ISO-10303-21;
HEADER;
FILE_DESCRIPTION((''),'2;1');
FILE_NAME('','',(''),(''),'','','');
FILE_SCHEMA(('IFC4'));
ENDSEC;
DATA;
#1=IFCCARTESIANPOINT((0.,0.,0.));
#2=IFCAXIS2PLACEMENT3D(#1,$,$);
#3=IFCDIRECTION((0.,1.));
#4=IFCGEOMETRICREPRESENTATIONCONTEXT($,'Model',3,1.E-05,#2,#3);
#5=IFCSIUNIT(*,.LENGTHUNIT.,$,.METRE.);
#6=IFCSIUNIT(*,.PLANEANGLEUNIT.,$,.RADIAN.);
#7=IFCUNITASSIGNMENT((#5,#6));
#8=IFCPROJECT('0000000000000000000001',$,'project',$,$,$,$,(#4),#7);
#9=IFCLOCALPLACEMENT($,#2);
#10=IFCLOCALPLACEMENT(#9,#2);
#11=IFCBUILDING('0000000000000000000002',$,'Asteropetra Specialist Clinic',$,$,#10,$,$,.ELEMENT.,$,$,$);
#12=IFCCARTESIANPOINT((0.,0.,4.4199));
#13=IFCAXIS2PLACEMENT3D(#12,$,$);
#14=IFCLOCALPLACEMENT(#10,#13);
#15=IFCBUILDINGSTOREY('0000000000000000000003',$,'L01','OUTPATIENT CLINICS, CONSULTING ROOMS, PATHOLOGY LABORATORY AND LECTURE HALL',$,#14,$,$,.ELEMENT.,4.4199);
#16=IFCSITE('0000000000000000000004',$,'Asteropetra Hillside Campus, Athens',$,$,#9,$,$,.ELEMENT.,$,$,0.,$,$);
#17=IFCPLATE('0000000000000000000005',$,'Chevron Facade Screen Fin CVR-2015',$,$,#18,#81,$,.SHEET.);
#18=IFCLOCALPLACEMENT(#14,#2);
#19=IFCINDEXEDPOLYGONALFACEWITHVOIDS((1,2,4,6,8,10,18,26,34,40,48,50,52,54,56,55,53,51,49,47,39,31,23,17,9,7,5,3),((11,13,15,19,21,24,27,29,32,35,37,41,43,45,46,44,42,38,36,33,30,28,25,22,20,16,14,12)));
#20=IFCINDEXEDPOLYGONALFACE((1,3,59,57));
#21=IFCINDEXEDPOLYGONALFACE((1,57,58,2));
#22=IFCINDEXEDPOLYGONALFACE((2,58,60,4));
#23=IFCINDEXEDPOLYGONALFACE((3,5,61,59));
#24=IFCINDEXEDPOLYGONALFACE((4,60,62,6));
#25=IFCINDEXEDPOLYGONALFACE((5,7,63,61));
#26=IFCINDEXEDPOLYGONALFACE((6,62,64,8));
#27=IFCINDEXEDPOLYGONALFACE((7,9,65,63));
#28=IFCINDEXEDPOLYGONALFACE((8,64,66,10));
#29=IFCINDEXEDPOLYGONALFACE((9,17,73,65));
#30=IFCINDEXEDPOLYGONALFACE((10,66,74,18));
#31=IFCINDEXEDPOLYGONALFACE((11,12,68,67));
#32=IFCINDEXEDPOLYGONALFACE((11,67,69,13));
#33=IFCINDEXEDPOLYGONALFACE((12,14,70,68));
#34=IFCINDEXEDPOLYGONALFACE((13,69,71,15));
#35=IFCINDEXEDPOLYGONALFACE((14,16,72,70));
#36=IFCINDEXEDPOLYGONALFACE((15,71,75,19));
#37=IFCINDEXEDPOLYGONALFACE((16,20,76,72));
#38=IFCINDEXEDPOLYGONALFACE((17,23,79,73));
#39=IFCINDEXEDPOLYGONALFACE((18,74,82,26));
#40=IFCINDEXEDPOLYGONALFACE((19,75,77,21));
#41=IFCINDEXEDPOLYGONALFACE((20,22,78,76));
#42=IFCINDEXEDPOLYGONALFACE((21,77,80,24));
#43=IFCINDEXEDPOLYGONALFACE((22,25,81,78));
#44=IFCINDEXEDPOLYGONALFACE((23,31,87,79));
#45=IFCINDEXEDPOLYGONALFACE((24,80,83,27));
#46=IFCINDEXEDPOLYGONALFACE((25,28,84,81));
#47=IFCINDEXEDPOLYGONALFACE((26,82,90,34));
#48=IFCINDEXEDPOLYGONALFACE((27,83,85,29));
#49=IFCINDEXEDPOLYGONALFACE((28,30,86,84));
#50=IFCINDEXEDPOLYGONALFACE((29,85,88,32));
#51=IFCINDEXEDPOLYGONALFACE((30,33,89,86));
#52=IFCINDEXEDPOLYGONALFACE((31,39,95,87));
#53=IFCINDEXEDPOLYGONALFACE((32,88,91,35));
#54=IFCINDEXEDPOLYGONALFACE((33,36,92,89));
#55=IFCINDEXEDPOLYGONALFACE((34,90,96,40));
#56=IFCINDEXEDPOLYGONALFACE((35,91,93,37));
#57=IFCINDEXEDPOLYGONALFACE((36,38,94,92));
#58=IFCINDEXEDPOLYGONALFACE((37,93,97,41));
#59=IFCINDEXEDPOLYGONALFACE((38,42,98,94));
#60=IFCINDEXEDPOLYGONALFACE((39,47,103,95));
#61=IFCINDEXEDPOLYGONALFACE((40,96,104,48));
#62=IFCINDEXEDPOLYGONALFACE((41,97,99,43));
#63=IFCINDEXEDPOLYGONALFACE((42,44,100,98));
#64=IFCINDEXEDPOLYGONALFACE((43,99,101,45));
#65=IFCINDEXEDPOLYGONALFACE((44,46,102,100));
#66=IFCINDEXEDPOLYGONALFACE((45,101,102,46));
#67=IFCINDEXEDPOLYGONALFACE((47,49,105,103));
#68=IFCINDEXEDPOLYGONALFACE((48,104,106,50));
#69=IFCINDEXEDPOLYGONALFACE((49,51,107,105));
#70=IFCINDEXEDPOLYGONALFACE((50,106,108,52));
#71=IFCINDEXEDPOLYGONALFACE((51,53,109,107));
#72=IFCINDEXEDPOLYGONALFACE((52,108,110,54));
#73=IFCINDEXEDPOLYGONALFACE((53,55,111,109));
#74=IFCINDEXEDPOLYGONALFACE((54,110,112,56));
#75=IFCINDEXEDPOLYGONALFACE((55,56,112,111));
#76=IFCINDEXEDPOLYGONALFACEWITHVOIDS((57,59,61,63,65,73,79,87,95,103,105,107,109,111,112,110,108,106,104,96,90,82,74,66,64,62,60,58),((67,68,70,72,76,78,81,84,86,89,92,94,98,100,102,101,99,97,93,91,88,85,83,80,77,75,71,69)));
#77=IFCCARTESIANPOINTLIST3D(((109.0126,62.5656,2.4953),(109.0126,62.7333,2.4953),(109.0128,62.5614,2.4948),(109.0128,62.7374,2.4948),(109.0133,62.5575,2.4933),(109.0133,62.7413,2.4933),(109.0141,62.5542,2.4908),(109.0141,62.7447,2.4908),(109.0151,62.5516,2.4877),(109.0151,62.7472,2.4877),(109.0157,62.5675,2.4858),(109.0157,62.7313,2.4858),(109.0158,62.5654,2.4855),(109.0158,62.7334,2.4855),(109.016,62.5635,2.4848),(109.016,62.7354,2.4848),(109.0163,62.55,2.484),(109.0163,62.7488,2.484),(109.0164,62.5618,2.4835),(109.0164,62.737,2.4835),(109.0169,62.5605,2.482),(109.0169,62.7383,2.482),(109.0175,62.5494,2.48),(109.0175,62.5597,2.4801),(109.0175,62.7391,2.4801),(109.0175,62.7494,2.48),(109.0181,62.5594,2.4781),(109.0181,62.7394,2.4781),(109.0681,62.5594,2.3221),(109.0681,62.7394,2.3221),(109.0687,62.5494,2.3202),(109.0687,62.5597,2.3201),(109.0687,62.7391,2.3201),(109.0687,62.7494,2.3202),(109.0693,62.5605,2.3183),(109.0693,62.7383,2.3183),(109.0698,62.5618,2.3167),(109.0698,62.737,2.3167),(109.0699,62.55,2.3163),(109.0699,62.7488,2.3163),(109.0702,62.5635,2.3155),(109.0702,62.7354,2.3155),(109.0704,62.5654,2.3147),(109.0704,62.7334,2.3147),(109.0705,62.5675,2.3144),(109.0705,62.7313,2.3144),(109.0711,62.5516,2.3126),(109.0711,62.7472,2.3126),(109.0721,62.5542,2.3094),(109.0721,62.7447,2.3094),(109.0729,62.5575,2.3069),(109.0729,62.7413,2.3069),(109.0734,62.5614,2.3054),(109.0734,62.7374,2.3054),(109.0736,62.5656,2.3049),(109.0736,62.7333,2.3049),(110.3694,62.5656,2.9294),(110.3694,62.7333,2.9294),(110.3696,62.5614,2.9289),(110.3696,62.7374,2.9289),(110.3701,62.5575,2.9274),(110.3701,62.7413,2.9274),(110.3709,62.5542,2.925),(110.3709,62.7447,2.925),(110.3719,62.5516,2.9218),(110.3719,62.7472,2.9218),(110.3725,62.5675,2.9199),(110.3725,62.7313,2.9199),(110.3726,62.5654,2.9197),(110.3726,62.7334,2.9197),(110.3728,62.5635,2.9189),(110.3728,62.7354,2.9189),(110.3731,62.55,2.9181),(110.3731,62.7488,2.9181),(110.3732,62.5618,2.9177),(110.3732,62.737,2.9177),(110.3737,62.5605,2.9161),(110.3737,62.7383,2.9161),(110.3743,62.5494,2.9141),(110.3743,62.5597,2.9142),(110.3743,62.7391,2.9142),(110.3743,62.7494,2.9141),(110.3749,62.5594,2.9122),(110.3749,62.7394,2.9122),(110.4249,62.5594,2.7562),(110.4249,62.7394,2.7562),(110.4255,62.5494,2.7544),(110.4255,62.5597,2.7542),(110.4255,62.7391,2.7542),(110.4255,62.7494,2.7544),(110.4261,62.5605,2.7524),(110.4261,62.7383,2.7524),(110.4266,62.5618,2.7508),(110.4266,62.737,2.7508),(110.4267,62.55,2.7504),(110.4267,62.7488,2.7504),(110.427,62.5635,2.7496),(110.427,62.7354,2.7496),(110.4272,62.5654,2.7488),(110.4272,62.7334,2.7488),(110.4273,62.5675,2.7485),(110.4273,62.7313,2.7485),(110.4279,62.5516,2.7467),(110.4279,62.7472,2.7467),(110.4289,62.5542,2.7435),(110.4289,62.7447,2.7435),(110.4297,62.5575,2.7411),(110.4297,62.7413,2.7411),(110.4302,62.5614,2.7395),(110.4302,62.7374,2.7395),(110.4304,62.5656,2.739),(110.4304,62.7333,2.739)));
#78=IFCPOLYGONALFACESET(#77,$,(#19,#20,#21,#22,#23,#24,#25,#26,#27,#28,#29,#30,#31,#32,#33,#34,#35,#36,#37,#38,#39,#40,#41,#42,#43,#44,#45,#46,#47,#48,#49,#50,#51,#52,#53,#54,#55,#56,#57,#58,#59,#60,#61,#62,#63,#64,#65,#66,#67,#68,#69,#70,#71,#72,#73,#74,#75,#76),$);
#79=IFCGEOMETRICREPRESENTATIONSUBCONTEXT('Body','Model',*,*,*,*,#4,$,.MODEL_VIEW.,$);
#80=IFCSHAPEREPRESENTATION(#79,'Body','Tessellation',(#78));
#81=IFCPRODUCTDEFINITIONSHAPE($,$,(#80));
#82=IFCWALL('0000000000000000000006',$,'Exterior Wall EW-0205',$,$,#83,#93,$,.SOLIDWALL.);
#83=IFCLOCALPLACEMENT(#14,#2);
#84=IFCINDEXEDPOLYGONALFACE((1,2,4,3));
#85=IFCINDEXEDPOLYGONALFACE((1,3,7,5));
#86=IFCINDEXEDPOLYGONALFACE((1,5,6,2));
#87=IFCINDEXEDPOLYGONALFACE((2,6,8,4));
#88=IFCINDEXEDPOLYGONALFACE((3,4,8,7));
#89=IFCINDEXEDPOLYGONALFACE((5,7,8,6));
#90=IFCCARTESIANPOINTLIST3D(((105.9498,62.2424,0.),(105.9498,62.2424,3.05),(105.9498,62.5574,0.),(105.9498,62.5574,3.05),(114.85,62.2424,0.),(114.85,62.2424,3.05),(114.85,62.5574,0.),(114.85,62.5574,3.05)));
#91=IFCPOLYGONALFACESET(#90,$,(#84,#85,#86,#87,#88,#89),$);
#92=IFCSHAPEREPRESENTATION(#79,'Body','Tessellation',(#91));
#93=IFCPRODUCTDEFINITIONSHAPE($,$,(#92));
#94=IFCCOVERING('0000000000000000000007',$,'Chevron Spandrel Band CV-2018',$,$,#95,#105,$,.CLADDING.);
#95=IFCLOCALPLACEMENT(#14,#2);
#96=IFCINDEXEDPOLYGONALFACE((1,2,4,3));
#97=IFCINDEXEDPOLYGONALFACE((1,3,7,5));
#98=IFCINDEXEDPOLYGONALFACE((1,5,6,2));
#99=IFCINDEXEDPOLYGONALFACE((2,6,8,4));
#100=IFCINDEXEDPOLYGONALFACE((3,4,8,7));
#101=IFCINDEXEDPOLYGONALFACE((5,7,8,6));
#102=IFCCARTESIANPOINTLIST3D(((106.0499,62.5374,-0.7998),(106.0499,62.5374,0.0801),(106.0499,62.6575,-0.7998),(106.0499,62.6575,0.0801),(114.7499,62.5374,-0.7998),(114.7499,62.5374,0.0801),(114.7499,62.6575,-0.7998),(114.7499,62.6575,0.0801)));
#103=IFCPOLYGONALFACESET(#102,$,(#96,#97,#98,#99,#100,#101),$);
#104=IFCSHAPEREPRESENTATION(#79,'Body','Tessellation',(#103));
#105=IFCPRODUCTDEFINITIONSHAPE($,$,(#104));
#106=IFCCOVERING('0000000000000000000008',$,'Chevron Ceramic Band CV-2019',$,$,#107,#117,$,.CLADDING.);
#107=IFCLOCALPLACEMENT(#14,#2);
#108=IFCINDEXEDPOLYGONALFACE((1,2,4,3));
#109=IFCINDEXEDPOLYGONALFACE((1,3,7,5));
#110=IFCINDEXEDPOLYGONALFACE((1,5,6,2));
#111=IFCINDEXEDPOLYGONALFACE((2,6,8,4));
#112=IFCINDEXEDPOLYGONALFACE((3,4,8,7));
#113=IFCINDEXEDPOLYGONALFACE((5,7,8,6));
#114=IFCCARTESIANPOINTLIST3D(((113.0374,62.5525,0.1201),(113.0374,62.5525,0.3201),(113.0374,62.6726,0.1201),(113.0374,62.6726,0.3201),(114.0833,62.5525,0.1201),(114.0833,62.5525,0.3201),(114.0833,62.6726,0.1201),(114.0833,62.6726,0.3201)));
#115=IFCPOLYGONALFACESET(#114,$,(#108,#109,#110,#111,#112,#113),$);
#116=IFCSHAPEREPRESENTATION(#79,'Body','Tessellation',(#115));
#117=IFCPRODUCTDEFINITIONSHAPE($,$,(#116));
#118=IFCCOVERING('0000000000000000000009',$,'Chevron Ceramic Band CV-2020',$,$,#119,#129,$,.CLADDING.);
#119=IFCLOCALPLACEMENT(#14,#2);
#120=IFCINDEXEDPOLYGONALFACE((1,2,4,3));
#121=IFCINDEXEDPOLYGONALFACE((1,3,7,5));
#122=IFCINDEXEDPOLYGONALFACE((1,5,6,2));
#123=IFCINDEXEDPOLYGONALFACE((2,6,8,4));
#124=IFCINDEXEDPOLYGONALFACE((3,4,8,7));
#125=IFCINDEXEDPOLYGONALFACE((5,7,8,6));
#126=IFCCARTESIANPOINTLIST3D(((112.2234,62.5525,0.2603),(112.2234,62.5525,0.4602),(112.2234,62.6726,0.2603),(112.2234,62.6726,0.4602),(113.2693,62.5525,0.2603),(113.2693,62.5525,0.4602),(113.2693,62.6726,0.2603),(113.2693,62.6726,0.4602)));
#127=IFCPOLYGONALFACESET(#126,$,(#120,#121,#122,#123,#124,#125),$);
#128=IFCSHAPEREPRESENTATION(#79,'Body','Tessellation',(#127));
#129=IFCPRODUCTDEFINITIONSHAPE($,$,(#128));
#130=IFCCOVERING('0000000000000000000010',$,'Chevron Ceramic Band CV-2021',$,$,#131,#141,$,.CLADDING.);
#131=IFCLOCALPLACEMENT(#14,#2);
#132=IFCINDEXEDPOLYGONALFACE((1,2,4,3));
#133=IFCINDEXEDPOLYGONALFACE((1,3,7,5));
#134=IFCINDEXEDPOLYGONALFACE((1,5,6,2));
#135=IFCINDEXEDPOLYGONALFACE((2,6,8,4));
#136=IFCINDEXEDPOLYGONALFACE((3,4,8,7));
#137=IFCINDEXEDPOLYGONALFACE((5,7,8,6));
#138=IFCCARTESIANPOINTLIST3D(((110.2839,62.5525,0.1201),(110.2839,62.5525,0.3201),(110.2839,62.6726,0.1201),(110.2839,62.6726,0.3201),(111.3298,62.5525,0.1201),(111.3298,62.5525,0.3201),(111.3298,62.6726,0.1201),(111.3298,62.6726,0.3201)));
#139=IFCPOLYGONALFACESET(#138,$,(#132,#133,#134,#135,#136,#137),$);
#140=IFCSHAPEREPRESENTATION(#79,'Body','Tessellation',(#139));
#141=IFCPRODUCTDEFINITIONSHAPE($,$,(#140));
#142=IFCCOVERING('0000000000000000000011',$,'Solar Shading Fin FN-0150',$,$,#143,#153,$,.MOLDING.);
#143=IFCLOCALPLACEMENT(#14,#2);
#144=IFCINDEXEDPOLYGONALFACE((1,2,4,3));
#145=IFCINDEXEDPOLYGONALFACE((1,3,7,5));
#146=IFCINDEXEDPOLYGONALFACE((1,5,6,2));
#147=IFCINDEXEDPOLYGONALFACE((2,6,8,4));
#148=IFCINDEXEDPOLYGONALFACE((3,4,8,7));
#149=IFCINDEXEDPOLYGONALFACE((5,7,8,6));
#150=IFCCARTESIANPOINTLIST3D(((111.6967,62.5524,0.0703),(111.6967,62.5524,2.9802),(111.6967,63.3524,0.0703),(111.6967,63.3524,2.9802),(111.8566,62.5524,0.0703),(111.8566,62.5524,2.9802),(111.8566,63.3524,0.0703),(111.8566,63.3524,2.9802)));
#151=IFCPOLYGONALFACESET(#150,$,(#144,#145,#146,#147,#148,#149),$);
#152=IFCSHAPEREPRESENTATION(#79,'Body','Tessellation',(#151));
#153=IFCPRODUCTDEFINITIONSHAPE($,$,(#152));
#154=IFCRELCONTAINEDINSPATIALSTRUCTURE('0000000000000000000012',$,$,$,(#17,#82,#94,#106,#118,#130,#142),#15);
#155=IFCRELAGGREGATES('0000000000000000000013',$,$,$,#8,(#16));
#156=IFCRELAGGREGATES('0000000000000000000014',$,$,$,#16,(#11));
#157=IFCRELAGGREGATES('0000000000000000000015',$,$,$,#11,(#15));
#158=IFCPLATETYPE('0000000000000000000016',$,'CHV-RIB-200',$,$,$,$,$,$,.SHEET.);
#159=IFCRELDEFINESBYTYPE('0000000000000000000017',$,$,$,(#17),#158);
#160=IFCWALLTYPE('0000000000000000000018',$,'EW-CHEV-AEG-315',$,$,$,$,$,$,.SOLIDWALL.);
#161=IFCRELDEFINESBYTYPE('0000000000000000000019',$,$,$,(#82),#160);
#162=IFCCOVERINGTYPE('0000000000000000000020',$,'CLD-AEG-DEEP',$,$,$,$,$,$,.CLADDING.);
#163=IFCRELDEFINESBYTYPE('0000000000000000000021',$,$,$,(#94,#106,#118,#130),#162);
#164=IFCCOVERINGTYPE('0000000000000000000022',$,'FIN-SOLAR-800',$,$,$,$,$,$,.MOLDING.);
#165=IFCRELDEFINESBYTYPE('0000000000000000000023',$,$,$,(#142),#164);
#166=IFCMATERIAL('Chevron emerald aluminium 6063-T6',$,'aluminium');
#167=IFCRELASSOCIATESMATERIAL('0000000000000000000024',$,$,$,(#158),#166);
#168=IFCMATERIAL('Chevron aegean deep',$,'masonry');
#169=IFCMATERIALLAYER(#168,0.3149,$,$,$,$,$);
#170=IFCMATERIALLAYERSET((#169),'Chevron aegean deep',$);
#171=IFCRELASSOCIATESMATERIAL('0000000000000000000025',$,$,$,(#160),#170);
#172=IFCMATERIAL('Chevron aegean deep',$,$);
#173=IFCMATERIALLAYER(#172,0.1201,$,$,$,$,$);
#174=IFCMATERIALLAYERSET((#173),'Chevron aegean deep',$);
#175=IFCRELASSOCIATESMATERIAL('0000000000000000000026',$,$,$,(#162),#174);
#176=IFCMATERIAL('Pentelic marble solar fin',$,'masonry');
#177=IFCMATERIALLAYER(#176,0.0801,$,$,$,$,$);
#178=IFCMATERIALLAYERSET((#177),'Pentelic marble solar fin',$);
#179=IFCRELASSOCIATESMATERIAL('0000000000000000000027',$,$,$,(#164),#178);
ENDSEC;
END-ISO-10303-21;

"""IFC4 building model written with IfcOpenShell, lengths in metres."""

from ifc_helpers import new_model, si_unit, direction, frame, frame_2d, origin, origin_2d, place, context, subcontext, project, spatial, rectangle, hollow_rectangle, extrude, material, layer, layer_set, material_profile, profile_set, type_object, element, save


model = new_model("IFC4")

# Units and contexts
model_context = context("Model", 3, precision=1e-05, world=origin(), true_north=direction((0.0, 1.0)))
body_context = subcontext(model_context, "Body", "Model", "MODEL_VIEW")
ifc_project = project(units=[si_unit("LENGTHUNIT", "METRE"), si_unit("PLANEANGLEUNIT", "RADIAN")], contexts=[model_context])

# Site, building, storey
site_placement = place(None, origin())
site = spatial("IfcSite", under=ifc_project, at=site_placement, Name="Asteropetra Hillside Campus, Athens", CompositionType="ELEMENT", RefElevation=0.0)
building_placement = place(site_placement, origin())
building = spatial("IfcBuilding", under=site, at=building_placement, Name="Asteropetra Specialist Clinic", CompositionType="ELEMENT")
storey_placement = place(building_placement, frame((0.0, 0.0, 4.4199)))
storey = spatial("IfcBuildingStorey", under=building, at=storey_placement, Name="L01", Description="OUTPATIENT CLINICS, CONSULTING ROOMS, PATHOLOGY LABORATORY AND LECTURE HALL", CompositionType="ELEMENT", Elevation=4.4199)

# Plate
ifc_material_1 = material(Name="Chevron emerald aluminium 6063-T6", Category="aluminium")
ifc_material_profile = material_profile(ifc_material_1, hollow_rectangle(XDim=0.2, YDim=0.2, WallThickness=0.01, InnerFilletRadius=0.0081, OuterFilletRadius=0.0161, at=origin_2d()), Name="SHS 200x200x10.0")
ifc_profile_set = profile_set([ifc_material_profile], Name="Chevron emerald aluminium 6063-T6")
plate_type = type_object("IfcPlateType", Name="CHV-RIB-200", PredefinedType="SHEET", material=ifc_profile_set)
for number, where, z_axis, x_axis, name in (
    (1, (110.3999, 62.6494, 2.8342), (-0.952436, 0.0, -0.304738), (0.0, -1.0, 0.0), "Chevron Facade Screen Fin CVR-2015"),
):
    element("IfcPlate", number, at=place(storey_placement, frame(where, z_axis=z_axis, x_axis=x_axis)), inside=storey, type_object=plate_type, Name=name, PredefinedType="SHEET", context=body_context, shape_type="SweptSolid", body=[
        extrude(hollow_rectangle(XDim=0.2, YDim=0.2, WallThickness=0.01, InnerFilletRadius=0.0081, OuterFilletRadius=0.0161, at=origin_2d()), origin(), (0.0, 0.0, 1.0), 1.4246),
    ])

# Wall
ifc_material_2 = material(Name="Chevron aegean deep", Category="masonry")
ifc_layer_1 = layer(ifc_material_2, 0.3149)
ifc_layer_set_1 = layer_set([ifc_layer_1], Name="Chevron aegean deep")
wall_type = type_object("IfcWallType", Name="EW-CHEV-AEG-315", PredefinedType="SOLIDWALL", material=ifc_layer_set_1)
wall_placement = place(storey_placement, frame((114.8501, 62.3999, 0.0), z_axis=(0.0, 0.0, 1.0), x_axis=(-1.0, 0.0, 0.0)))
element("IfcWall", 2, at=wall_placement, inside=storey, type_object=wall_type, Name="Exterior Wall EW-0205", PredefinedType="SOLIDWALL", context=body_context, shape_type="SweptSolid", body=[
    extrude(rectangle(XDim=8.9001, YDim=0.3149, at=frame_2d((4.4502, 0.0))), origin(), (0.0, 0.0, 1.0), 3.05),
])

# Coverings
ifc_material_3 = material(Name="Chevron aegean deep")
ifc_layer_2 = layer(ifc_material_3, 0.1201)
ifc_layer_set_2 = layer_set([ifc_layer_2], Name="Chevron aegean deep")
covering_type_1 = type_object("IfcCoveringType", Name="CLD-AEG-DEEP", PredefinedType="CLADDING", material=ifc_layer_set_2)
covering_1_placement = place(storey_placement, frame((110.3999, 62.5974, -0.7998), z_axis=(0.0, 0.0, 1.0), x_axis=(1.0, 0.0, 0.0)))
element("IfcCovering", 3, at=covering_1_placement, inside=storey, type_object=covering_type_1, Name="Chevron Spandrel Band CV-2018", PredefinedType="CLADDING", context=body_context, shape_type="SweptSolid", body=[
    extrude(rectangle(XDim=8.7, YDim=0.1201, at=origin_2d()), origin(), (0.0, 0.0, 1.0), 0.8799),
])
for number, where, z_axis, x_axis, name in (
    (4, (113.5603, 62.6125, 0.1201), (0.0, 0.0, 1.0), (1.0, 0.0, 0.0), "Chevron Ceramic Band CV-2019"),
    (5, (112.7463, 62.6125, 0.2603), (0.0, 0.0, 1.0), (1.0, 0.0, 0.0), "Chevron Ceramic Band CV-2020"),
    (6, (110.8069, 62.6125, 0.1201), (0.0, 0.0, 1.0), (1.0, 0.0, 0.0), "Chevron Ceramic Band CV-2021"),
):
    element("IfcCovering", number, at=place(storey_placement, frame(where, z_axis=z_axis, x_axis=x_axis)), inside=storey, type_object=covering_type_1, Name=name, PredefinedType="CLADDING", context=body_context, shape_type="SweptSolid", body=[
        extrude(rectangle(XDim=1.0459, YDim=0.1201, at=origin_2d()), origin(), (0.0, 0.0, 1.0), 0.2),
    ])
ifc_material_4 = material(Name="Pentelic marble solar fin", Category="masonry")
ifc_layer_3 = layer(ifc_material_4, 0.0801)
ifc_layer_set_3 = layer_set([ifc_layer_3], Name="Pentelic marble solar fin")
covering_type_2 = type_object("IfcCoveringType", Name="FIN-SOLAR-800", PredefinedType="MOLDING", material=ifc_layer_set_3)
covering_2_placement = place(storey_placement, frame((111.7766, 62.9524, 0.0703), z_axis=(0.0, 0.0, 1.0), x_axis=(1.0, 0.0, 0.0)))
element("IfcCovering", 7, at=covering_2_placement, inside=storey, type_object=covering_type_2, Name="Solar Shading Fin FN-0150", PredefinedType="MOLDING", context=body_context, shape_type="SweptSolid", body=[
    extrude(rectangle(XDim=0.1599, YDim=0.8, at=origin_2d()), origin(), (0.0, 0.0, 1.0), 2.9099),
])

save(model, "model.ifc")
